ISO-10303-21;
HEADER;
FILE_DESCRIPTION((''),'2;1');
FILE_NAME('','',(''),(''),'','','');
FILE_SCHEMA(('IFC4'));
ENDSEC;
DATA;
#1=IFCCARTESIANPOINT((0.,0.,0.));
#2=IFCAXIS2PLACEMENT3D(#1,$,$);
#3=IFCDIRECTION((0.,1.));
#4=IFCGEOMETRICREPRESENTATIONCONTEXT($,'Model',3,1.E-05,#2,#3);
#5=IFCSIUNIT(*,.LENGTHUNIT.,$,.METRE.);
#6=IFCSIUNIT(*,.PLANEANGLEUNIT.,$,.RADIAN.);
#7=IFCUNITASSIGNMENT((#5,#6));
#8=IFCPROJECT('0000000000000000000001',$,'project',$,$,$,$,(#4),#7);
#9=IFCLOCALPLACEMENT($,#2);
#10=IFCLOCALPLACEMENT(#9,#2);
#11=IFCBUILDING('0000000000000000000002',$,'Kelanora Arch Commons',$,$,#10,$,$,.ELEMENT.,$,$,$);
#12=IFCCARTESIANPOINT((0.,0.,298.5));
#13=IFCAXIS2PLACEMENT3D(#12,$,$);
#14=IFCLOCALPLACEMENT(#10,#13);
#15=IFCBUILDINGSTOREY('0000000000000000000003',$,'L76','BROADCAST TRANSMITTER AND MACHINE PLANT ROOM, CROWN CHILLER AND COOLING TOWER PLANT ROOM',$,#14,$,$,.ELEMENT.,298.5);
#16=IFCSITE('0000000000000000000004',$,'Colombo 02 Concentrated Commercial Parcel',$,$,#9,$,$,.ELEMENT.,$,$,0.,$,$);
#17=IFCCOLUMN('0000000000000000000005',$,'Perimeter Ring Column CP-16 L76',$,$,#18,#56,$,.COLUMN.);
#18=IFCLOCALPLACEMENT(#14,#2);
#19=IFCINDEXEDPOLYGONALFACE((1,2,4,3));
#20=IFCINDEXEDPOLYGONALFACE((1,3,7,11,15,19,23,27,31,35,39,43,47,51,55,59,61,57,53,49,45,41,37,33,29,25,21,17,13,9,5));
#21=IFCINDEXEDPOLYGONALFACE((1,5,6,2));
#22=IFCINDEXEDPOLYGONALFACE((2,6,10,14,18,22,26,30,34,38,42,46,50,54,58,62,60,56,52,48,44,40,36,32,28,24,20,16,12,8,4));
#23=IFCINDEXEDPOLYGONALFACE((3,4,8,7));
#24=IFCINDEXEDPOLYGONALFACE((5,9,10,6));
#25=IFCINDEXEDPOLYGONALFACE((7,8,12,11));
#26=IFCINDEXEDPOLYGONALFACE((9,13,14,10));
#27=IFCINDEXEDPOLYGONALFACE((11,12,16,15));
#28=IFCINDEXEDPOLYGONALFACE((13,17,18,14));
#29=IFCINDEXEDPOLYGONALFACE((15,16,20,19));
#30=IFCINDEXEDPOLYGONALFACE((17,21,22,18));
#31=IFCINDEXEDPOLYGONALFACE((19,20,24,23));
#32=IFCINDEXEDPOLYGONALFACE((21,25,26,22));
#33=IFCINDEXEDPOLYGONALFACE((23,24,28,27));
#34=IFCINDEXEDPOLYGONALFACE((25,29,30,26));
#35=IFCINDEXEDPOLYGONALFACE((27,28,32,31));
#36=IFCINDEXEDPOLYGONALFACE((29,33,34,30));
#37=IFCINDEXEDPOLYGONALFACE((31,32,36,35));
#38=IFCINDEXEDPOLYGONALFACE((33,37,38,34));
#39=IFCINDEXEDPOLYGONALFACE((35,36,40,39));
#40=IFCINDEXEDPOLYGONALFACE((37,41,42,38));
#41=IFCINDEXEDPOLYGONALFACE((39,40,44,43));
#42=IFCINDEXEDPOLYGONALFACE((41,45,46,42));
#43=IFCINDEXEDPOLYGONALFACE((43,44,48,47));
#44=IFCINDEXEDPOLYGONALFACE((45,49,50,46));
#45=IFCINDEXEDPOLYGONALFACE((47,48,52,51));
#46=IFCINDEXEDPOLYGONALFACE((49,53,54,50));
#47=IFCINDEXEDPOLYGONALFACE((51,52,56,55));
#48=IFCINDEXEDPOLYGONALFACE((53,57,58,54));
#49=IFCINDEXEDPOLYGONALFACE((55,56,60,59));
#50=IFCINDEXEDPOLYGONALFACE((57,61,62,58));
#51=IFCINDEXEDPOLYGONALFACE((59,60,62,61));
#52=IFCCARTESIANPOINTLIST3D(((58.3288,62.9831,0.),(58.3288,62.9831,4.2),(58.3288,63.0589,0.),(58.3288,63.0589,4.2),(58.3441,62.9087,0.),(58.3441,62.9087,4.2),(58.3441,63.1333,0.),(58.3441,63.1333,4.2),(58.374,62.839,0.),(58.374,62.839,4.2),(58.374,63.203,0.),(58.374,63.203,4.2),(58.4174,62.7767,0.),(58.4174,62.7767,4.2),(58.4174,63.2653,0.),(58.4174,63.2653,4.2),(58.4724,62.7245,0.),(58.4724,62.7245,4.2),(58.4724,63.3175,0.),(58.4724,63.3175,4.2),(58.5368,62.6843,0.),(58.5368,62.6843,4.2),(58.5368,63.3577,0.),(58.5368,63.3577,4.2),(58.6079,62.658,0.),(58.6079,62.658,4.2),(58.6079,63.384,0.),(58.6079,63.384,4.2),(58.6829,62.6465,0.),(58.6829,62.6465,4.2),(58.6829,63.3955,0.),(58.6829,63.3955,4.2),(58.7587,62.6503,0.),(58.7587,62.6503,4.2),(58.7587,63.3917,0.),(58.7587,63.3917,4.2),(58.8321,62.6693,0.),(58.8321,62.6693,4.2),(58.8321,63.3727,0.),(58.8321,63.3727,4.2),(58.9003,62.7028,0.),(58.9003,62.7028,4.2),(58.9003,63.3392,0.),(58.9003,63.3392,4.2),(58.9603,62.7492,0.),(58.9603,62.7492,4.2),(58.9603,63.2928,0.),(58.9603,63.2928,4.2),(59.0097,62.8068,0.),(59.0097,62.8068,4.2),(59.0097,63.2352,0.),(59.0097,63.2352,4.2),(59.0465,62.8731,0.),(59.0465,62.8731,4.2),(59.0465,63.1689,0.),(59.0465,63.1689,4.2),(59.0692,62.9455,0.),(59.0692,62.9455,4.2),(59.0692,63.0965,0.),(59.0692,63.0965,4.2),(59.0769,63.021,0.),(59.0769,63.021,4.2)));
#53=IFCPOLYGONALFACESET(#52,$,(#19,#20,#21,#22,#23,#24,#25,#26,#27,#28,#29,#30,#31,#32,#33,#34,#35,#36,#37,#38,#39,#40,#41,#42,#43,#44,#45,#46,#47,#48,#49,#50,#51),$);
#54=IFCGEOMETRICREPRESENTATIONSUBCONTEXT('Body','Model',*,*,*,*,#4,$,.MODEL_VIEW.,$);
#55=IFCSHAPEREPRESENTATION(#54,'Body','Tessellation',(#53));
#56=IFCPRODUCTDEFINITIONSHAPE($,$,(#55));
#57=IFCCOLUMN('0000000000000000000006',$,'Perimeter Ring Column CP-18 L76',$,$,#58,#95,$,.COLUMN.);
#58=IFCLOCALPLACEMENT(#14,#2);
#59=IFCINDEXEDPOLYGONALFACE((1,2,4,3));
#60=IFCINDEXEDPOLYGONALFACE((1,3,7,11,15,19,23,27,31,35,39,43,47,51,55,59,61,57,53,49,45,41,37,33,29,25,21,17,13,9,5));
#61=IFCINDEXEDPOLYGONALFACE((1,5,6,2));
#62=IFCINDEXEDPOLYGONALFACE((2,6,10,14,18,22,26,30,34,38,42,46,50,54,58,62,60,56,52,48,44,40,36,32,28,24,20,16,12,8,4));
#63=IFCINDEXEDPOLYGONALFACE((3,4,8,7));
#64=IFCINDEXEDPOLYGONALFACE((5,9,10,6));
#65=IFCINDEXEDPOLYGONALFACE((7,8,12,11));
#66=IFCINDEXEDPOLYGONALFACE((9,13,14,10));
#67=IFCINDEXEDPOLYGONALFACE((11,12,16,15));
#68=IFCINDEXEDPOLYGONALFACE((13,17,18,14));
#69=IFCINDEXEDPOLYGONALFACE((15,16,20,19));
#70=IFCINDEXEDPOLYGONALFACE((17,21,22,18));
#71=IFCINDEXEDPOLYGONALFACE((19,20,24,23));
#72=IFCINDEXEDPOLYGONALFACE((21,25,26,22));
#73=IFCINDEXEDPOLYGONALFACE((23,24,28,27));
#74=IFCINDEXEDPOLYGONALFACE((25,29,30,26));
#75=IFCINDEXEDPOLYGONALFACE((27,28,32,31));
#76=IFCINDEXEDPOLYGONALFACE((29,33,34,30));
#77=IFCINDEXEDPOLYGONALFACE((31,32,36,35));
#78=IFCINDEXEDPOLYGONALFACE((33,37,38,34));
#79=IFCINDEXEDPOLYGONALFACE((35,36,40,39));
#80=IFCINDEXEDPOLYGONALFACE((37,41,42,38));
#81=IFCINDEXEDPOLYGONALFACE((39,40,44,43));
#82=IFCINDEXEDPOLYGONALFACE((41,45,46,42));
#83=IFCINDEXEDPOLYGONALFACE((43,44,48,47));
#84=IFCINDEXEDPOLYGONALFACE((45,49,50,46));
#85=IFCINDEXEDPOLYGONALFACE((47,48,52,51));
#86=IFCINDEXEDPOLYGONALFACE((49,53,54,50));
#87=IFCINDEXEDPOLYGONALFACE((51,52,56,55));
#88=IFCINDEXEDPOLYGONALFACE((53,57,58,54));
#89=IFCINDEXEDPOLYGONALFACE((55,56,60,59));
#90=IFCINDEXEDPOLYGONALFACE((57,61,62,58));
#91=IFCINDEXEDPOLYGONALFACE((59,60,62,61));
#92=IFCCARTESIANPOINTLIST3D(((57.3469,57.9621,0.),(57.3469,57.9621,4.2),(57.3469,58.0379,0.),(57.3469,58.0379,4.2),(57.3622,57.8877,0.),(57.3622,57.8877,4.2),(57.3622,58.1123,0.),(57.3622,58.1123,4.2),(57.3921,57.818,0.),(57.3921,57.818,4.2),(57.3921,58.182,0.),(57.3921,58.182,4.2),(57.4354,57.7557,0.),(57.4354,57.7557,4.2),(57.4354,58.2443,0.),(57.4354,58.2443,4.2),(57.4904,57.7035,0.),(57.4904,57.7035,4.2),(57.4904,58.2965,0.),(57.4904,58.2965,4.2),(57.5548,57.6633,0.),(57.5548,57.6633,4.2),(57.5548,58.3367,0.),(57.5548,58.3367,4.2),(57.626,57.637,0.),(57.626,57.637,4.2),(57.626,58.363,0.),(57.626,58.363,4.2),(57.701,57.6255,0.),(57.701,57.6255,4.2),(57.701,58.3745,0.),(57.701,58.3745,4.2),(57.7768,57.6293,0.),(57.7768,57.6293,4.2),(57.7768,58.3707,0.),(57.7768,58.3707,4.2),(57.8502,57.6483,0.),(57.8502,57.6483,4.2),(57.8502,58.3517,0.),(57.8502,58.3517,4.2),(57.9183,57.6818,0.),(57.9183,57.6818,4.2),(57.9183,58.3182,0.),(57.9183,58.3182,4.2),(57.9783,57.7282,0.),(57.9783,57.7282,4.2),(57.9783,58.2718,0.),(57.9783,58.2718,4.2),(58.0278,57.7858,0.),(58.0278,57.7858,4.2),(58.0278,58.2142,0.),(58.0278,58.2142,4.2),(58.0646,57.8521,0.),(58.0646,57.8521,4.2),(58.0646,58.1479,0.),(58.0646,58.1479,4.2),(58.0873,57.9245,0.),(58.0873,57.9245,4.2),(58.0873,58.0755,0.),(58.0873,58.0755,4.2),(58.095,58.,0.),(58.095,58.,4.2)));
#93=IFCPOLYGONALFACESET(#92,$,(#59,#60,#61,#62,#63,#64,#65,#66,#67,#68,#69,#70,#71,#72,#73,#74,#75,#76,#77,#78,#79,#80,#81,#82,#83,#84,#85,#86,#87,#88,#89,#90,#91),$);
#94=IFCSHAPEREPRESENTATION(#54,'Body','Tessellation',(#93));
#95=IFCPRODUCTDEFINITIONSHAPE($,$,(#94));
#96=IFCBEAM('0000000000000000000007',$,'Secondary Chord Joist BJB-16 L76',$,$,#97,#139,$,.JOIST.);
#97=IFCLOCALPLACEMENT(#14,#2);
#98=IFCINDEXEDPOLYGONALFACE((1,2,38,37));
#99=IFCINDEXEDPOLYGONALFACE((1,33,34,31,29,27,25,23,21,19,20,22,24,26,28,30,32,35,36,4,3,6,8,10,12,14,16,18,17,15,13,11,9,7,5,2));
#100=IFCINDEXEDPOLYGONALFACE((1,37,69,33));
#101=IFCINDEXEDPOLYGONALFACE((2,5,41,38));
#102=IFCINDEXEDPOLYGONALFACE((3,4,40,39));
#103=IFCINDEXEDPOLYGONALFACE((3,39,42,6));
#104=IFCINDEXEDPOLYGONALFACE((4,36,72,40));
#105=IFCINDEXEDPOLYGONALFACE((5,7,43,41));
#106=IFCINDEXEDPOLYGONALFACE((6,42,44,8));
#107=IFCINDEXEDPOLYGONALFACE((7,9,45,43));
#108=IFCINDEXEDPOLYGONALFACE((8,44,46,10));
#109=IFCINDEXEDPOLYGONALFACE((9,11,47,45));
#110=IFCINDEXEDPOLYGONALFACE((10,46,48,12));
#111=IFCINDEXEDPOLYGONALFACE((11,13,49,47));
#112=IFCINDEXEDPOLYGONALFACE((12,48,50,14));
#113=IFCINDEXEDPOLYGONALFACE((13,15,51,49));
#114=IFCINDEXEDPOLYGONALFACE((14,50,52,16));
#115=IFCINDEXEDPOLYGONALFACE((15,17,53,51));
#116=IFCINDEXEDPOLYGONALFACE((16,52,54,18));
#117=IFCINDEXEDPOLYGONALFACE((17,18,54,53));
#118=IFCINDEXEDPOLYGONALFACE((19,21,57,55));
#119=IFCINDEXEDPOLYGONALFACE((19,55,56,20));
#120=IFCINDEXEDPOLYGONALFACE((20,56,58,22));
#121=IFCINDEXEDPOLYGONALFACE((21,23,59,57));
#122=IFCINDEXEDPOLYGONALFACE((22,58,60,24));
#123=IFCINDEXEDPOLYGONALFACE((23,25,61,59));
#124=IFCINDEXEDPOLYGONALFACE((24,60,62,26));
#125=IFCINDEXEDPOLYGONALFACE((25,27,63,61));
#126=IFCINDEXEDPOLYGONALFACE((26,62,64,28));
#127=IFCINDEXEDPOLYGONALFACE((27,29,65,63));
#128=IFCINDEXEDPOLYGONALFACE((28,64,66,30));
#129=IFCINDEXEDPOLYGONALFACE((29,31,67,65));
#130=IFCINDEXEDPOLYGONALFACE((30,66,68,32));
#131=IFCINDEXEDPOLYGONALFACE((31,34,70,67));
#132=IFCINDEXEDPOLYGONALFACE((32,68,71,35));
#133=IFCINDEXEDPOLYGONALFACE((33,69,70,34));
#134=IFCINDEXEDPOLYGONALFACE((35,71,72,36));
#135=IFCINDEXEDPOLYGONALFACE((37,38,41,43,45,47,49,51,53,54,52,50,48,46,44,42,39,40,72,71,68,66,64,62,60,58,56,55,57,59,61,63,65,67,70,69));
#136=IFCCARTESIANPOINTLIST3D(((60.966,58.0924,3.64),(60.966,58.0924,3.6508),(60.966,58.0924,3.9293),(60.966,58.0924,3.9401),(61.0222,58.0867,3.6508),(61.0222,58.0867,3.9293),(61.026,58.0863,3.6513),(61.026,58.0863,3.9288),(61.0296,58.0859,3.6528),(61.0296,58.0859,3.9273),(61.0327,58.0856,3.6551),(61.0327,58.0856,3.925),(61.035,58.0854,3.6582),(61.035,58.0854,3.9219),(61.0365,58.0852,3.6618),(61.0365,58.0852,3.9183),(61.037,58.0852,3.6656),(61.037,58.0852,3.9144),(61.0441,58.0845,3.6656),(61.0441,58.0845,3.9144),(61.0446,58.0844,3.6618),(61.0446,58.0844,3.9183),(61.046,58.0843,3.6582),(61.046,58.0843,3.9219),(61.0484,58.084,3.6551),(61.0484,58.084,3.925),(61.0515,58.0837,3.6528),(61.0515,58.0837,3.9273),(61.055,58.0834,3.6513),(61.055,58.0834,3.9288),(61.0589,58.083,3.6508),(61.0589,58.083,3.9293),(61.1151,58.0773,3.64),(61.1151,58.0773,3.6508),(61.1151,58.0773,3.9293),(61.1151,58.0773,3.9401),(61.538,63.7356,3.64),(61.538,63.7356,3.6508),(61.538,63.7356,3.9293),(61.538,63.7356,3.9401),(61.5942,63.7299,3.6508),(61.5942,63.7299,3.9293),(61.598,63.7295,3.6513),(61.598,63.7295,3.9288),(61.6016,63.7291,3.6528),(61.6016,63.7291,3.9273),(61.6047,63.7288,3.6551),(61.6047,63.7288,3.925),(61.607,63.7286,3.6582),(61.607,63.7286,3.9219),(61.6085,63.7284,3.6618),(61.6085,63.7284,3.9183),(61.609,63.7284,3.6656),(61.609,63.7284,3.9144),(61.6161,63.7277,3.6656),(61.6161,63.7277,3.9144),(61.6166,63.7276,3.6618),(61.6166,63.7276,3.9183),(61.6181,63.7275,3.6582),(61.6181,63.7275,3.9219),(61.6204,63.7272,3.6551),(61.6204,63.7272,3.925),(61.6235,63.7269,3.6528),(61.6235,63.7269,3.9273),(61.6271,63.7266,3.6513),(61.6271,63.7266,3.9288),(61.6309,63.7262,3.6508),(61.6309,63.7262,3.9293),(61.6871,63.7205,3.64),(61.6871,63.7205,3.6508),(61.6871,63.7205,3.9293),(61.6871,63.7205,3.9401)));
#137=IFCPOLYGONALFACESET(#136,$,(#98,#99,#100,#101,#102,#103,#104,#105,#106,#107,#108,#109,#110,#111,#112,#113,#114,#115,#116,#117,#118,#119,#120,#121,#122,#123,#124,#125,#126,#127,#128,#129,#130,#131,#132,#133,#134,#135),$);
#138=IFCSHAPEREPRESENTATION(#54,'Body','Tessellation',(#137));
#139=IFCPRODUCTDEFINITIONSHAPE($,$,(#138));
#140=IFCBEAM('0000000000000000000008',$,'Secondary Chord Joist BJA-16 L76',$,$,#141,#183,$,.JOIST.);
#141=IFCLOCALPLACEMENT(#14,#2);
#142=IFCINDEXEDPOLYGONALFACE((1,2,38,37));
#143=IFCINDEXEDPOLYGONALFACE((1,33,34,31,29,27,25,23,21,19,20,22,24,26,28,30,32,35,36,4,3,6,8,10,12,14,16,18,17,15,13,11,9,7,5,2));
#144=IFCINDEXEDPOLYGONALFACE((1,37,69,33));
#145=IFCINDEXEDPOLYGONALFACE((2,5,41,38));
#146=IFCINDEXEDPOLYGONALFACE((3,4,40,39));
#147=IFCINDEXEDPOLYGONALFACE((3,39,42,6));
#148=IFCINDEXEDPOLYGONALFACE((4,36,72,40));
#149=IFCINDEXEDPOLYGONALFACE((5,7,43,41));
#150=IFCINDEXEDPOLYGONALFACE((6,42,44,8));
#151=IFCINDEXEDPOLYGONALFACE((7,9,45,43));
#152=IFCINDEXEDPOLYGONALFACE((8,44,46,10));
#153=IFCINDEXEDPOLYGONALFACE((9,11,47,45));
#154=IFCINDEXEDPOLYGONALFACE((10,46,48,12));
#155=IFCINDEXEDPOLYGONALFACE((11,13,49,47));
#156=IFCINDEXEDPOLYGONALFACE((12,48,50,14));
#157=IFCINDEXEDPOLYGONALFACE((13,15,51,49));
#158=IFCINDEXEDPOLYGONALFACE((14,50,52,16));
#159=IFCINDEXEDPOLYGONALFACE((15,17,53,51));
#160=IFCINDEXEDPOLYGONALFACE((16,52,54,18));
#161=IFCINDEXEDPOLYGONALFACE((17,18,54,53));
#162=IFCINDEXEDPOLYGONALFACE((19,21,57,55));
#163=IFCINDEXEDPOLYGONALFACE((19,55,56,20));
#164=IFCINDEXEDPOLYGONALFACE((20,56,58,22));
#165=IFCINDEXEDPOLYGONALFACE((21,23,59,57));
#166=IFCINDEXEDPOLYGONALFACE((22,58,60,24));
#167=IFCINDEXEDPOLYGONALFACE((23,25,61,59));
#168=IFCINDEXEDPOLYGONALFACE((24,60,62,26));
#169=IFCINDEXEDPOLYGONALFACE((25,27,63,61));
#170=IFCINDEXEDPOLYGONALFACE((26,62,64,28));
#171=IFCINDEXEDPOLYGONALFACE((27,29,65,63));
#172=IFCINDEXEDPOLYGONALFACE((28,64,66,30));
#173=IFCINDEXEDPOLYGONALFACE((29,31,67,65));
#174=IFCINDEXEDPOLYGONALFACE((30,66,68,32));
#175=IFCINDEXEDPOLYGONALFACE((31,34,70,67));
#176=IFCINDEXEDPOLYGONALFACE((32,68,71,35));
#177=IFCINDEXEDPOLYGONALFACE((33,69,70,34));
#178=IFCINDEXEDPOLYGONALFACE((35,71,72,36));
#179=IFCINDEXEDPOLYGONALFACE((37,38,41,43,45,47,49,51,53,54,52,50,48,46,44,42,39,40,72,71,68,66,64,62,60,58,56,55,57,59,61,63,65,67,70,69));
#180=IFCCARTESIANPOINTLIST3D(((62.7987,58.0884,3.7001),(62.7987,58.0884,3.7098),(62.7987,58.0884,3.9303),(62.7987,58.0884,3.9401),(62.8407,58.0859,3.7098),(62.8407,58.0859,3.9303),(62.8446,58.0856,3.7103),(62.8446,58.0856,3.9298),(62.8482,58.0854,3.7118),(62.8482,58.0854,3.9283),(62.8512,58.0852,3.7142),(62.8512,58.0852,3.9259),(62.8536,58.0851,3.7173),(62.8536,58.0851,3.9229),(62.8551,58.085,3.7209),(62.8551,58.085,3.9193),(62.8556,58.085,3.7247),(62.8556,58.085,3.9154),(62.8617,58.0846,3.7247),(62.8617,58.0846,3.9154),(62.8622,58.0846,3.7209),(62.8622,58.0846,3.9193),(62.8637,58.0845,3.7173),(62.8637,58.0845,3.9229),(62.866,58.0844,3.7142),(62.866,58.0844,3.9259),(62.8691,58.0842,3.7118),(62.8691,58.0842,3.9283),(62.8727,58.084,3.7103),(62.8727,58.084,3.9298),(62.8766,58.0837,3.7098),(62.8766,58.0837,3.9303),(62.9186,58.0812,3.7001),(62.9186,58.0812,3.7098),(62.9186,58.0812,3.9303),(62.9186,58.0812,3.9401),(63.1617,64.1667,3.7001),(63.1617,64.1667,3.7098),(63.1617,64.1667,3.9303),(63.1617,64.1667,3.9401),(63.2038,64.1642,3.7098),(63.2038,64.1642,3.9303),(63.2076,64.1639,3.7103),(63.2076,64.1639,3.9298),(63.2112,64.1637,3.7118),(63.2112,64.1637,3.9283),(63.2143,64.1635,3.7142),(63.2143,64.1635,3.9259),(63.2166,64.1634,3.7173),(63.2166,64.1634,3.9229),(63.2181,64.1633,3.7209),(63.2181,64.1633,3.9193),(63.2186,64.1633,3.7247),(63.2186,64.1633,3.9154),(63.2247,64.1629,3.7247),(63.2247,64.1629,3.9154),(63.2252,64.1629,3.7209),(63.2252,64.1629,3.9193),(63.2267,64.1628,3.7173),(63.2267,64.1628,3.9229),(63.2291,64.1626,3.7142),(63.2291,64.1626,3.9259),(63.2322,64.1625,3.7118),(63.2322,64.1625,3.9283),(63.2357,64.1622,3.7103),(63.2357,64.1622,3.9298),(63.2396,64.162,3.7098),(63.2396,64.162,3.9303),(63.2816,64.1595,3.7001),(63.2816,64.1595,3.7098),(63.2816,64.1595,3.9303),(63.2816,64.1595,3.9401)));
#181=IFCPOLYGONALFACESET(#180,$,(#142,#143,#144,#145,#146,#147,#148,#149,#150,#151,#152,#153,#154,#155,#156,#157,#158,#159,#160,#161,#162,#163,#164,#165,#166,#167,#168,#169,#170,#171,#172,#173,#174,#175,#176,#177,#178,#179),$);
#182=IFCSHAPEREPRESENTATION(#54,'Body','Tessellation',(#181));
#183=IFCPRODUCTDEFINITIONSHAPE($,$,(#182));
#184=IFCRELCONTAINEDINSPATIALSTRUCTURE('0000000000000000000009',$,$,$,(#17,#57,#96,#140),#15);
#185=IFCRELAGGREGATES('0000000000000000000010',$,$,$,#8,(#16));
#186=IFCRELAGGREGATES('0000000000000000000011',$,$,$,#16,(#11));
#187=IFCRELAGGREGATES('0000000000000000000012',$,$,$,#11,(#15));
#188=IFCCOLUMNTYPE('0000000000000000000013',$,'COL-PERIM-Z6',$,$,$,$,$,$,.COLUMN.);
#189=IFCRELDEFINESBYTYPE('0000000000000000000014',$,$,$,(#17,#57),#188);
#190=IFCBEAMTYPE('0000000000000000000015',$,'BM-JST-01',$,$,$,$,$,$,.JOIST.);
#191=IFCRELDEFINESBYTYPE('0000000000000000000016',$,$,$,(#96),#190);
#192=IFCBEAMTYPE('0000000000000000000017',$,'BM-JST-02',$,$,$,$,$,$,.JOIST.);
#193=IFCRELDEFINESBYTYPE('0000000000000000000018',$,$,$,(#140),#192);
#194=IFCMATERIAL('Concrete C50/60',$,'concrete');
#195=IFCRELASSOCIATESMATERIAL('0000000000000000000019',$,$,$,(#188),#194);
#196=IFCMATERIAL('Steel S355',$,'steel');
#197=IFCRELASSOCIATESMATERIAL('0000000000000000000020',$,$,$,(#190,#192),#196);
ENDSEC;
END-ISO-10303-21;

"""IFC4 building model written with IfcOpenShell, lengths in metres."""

from ifc_helpers import new_model, si_unit, direction, frame, origin, origin_2d, place, context, subcontext, project, spatial, circle, i_section, extrude, material, material_profile, profile_set, type_object, element, save


model = new_model("IFC4")

# Units and contexts
model_context = context("Model", 3, precision=1e-05, world=origin(), true_north=direction((0.0, 1.0)))
body_context = subcontext(model_context, "Body", "Model", "MODEL_VIEW")
ifc_project = project(units=[si_unit("LENGTHUNIT", "METRE"), si_unit("PLANEANGLEUNIT", "RADIAN")], contexts=[model_context])

# Site, building, storey
site_placement = place(None, origin())
site = spatial("IfcSite", under=ifc_project, at=site_placement, Name="Colombo 02 Concentrated Commercial Parcel", CompositionType="ELEMENT", RefElevation=0.0)
building_placement = place(site_placement, origin())
building = spatial("IfcBuilding", under=site, at=building_placement, Name="Kelanora Arch Commons", CompositionType="ELEMENT")
storey_placement = place(building_placement, frame((0.0, 0.0, 298.5)))
storey = spatial("IfcBuildingStorey", under=building, at=storey_placement, Name="L76", Description="BROADCAST TRANSMITTER AND MACHINE PLANT ROOM, CROWN CHILLER AND COOLING TOWER PLANT ROOM", CompositionType="ELEMENT", Elevation=298.5)

# Columns
ifc_material_1 = material(Name="Concrete C50/60", Category="concrete")
ifc_material_profile_1 = material_profile(ifc_material_1, circle(Radius=0.375, at=origin_2d()), Name="RCC750")
ifc_profile_set_1 = profile_set([ifc_material_profile_1], Name="Concrete C50/60")
column_type = type_object("IfcColumnType", Name="COL-PERIM-Z6", PredefinedType="COLUMN", material=ifc_profile_set_1)
for number, where, z_axis, x_axis, name in (
    (1, (58.7019, 63.021, 0.0), (0.0, 0.0, 1.0), (1.0, 0.0, 0.0), "Perimeter Ring Column CP-16 L76"),
    (2, (57.72, 58.0, 0.0), (0.0, 0.0, 1.0), (1.0, 0.0, 0.0), "Perimeter Ring Column CP-18 L76"),
):
    element("IfcColumn", number, at=place(storey_placement, frame(where, z_axis=z_axis, x_axis=x_axis)), inside=storey, type_object=column_type, Name=name, PredefinedType="COLUMN", context=body_context, shape_type="SweptSolid", body=[
        extrude(circle(Radius=0.375, at=origin_2d()), origin(), (0.0, 0.0, 1.0), 4.2),
    ])

# Beams
ifc_material_2 = material(Name="Steel S355", Category="steel")
ifc_material_profile_2 = material_profile(ifc_material_2, i_section(OverallWidth=0.1499, OverallDepth=0.3, WebThickness=0.0071, FlangeThickness=0.0107, FilletRadius=0.0149, at=origin_2d()), Name="IPE300")
ifc_profile_set_2 = profile_set([ifc_material_profile_2], Name="Steel S355")
beam_type_1 = type_object("IfcBeamType", Name="BM-JST-01", PredefinedType="JOIST", material=ifc_profile_set_2)
beam_1_placement = place(storey_placement, frame((61.6125, 63.728, 3.79), z_axis=(-0.100846, -0.994902, 0.0), x_axis=(0.994902, -0.100846, 0.0)))
element("IfcBeam", 3, at=beam_1_placement, inside=storey, type_object=beam_type_1, Name="Secondary Chord Joist BJB-16 L76", PredefinedType="JOIST", context=body_context, shape_type="SweptSolid", body=[
    extrude(i_section(OverallWidth=0.1499, OverallDepth=0.3, WebThickness=0.0071, FlangeThickness=0.0107, FilletRadius=0.0149, at=origin_2d()), origin(), (0.0, 0.0, 1.0), 5.6721),
])
ifc_material_profile_3 = material_profile(ifc_material_2, i_section(OverallWidth=0.1201, OverallDepth=0.24, WebThickness=0.0061, FlangeThickness=0.0098, FilletRadius=0.0149, at=origin_2d()), Name="IPE240")
ifc_profile_set_3 = profile_set([ifc_material_profile_3], Name="Steel S355")
beam_type_2 = type_object("IfcBeamType", Name="BM-JST-02", PredefinedType="JOIST", material=ifc_profile_set_3)
beam_2_placement = place(storey_placement, frame((63.2217, 64.1631, 3.8201), z_axis=(-0.05962, -0.998221, 0.0), x_axis=(0.998221, -0.05962, 0.0)))
element("IfcBeam", 4, at=beam_2_placement, inside=storey, type_object=beam_type_2, Name="Secondary Chord Joist BJA-16 L76", PredefinedType="JOIST", context=body_context, shape_type="SweptSolid", body=[
    extrude(i_section(OverallWidth=0.1201, OverallDepth=0.24, WebThickness=0.0061, FlangeThickness=0.0098, FilletRadius=0.0149, at=origin_2d()), origin(), (0.0, 0.0, 1.0), 6.0891),
])

save(model, "model.ifc")
